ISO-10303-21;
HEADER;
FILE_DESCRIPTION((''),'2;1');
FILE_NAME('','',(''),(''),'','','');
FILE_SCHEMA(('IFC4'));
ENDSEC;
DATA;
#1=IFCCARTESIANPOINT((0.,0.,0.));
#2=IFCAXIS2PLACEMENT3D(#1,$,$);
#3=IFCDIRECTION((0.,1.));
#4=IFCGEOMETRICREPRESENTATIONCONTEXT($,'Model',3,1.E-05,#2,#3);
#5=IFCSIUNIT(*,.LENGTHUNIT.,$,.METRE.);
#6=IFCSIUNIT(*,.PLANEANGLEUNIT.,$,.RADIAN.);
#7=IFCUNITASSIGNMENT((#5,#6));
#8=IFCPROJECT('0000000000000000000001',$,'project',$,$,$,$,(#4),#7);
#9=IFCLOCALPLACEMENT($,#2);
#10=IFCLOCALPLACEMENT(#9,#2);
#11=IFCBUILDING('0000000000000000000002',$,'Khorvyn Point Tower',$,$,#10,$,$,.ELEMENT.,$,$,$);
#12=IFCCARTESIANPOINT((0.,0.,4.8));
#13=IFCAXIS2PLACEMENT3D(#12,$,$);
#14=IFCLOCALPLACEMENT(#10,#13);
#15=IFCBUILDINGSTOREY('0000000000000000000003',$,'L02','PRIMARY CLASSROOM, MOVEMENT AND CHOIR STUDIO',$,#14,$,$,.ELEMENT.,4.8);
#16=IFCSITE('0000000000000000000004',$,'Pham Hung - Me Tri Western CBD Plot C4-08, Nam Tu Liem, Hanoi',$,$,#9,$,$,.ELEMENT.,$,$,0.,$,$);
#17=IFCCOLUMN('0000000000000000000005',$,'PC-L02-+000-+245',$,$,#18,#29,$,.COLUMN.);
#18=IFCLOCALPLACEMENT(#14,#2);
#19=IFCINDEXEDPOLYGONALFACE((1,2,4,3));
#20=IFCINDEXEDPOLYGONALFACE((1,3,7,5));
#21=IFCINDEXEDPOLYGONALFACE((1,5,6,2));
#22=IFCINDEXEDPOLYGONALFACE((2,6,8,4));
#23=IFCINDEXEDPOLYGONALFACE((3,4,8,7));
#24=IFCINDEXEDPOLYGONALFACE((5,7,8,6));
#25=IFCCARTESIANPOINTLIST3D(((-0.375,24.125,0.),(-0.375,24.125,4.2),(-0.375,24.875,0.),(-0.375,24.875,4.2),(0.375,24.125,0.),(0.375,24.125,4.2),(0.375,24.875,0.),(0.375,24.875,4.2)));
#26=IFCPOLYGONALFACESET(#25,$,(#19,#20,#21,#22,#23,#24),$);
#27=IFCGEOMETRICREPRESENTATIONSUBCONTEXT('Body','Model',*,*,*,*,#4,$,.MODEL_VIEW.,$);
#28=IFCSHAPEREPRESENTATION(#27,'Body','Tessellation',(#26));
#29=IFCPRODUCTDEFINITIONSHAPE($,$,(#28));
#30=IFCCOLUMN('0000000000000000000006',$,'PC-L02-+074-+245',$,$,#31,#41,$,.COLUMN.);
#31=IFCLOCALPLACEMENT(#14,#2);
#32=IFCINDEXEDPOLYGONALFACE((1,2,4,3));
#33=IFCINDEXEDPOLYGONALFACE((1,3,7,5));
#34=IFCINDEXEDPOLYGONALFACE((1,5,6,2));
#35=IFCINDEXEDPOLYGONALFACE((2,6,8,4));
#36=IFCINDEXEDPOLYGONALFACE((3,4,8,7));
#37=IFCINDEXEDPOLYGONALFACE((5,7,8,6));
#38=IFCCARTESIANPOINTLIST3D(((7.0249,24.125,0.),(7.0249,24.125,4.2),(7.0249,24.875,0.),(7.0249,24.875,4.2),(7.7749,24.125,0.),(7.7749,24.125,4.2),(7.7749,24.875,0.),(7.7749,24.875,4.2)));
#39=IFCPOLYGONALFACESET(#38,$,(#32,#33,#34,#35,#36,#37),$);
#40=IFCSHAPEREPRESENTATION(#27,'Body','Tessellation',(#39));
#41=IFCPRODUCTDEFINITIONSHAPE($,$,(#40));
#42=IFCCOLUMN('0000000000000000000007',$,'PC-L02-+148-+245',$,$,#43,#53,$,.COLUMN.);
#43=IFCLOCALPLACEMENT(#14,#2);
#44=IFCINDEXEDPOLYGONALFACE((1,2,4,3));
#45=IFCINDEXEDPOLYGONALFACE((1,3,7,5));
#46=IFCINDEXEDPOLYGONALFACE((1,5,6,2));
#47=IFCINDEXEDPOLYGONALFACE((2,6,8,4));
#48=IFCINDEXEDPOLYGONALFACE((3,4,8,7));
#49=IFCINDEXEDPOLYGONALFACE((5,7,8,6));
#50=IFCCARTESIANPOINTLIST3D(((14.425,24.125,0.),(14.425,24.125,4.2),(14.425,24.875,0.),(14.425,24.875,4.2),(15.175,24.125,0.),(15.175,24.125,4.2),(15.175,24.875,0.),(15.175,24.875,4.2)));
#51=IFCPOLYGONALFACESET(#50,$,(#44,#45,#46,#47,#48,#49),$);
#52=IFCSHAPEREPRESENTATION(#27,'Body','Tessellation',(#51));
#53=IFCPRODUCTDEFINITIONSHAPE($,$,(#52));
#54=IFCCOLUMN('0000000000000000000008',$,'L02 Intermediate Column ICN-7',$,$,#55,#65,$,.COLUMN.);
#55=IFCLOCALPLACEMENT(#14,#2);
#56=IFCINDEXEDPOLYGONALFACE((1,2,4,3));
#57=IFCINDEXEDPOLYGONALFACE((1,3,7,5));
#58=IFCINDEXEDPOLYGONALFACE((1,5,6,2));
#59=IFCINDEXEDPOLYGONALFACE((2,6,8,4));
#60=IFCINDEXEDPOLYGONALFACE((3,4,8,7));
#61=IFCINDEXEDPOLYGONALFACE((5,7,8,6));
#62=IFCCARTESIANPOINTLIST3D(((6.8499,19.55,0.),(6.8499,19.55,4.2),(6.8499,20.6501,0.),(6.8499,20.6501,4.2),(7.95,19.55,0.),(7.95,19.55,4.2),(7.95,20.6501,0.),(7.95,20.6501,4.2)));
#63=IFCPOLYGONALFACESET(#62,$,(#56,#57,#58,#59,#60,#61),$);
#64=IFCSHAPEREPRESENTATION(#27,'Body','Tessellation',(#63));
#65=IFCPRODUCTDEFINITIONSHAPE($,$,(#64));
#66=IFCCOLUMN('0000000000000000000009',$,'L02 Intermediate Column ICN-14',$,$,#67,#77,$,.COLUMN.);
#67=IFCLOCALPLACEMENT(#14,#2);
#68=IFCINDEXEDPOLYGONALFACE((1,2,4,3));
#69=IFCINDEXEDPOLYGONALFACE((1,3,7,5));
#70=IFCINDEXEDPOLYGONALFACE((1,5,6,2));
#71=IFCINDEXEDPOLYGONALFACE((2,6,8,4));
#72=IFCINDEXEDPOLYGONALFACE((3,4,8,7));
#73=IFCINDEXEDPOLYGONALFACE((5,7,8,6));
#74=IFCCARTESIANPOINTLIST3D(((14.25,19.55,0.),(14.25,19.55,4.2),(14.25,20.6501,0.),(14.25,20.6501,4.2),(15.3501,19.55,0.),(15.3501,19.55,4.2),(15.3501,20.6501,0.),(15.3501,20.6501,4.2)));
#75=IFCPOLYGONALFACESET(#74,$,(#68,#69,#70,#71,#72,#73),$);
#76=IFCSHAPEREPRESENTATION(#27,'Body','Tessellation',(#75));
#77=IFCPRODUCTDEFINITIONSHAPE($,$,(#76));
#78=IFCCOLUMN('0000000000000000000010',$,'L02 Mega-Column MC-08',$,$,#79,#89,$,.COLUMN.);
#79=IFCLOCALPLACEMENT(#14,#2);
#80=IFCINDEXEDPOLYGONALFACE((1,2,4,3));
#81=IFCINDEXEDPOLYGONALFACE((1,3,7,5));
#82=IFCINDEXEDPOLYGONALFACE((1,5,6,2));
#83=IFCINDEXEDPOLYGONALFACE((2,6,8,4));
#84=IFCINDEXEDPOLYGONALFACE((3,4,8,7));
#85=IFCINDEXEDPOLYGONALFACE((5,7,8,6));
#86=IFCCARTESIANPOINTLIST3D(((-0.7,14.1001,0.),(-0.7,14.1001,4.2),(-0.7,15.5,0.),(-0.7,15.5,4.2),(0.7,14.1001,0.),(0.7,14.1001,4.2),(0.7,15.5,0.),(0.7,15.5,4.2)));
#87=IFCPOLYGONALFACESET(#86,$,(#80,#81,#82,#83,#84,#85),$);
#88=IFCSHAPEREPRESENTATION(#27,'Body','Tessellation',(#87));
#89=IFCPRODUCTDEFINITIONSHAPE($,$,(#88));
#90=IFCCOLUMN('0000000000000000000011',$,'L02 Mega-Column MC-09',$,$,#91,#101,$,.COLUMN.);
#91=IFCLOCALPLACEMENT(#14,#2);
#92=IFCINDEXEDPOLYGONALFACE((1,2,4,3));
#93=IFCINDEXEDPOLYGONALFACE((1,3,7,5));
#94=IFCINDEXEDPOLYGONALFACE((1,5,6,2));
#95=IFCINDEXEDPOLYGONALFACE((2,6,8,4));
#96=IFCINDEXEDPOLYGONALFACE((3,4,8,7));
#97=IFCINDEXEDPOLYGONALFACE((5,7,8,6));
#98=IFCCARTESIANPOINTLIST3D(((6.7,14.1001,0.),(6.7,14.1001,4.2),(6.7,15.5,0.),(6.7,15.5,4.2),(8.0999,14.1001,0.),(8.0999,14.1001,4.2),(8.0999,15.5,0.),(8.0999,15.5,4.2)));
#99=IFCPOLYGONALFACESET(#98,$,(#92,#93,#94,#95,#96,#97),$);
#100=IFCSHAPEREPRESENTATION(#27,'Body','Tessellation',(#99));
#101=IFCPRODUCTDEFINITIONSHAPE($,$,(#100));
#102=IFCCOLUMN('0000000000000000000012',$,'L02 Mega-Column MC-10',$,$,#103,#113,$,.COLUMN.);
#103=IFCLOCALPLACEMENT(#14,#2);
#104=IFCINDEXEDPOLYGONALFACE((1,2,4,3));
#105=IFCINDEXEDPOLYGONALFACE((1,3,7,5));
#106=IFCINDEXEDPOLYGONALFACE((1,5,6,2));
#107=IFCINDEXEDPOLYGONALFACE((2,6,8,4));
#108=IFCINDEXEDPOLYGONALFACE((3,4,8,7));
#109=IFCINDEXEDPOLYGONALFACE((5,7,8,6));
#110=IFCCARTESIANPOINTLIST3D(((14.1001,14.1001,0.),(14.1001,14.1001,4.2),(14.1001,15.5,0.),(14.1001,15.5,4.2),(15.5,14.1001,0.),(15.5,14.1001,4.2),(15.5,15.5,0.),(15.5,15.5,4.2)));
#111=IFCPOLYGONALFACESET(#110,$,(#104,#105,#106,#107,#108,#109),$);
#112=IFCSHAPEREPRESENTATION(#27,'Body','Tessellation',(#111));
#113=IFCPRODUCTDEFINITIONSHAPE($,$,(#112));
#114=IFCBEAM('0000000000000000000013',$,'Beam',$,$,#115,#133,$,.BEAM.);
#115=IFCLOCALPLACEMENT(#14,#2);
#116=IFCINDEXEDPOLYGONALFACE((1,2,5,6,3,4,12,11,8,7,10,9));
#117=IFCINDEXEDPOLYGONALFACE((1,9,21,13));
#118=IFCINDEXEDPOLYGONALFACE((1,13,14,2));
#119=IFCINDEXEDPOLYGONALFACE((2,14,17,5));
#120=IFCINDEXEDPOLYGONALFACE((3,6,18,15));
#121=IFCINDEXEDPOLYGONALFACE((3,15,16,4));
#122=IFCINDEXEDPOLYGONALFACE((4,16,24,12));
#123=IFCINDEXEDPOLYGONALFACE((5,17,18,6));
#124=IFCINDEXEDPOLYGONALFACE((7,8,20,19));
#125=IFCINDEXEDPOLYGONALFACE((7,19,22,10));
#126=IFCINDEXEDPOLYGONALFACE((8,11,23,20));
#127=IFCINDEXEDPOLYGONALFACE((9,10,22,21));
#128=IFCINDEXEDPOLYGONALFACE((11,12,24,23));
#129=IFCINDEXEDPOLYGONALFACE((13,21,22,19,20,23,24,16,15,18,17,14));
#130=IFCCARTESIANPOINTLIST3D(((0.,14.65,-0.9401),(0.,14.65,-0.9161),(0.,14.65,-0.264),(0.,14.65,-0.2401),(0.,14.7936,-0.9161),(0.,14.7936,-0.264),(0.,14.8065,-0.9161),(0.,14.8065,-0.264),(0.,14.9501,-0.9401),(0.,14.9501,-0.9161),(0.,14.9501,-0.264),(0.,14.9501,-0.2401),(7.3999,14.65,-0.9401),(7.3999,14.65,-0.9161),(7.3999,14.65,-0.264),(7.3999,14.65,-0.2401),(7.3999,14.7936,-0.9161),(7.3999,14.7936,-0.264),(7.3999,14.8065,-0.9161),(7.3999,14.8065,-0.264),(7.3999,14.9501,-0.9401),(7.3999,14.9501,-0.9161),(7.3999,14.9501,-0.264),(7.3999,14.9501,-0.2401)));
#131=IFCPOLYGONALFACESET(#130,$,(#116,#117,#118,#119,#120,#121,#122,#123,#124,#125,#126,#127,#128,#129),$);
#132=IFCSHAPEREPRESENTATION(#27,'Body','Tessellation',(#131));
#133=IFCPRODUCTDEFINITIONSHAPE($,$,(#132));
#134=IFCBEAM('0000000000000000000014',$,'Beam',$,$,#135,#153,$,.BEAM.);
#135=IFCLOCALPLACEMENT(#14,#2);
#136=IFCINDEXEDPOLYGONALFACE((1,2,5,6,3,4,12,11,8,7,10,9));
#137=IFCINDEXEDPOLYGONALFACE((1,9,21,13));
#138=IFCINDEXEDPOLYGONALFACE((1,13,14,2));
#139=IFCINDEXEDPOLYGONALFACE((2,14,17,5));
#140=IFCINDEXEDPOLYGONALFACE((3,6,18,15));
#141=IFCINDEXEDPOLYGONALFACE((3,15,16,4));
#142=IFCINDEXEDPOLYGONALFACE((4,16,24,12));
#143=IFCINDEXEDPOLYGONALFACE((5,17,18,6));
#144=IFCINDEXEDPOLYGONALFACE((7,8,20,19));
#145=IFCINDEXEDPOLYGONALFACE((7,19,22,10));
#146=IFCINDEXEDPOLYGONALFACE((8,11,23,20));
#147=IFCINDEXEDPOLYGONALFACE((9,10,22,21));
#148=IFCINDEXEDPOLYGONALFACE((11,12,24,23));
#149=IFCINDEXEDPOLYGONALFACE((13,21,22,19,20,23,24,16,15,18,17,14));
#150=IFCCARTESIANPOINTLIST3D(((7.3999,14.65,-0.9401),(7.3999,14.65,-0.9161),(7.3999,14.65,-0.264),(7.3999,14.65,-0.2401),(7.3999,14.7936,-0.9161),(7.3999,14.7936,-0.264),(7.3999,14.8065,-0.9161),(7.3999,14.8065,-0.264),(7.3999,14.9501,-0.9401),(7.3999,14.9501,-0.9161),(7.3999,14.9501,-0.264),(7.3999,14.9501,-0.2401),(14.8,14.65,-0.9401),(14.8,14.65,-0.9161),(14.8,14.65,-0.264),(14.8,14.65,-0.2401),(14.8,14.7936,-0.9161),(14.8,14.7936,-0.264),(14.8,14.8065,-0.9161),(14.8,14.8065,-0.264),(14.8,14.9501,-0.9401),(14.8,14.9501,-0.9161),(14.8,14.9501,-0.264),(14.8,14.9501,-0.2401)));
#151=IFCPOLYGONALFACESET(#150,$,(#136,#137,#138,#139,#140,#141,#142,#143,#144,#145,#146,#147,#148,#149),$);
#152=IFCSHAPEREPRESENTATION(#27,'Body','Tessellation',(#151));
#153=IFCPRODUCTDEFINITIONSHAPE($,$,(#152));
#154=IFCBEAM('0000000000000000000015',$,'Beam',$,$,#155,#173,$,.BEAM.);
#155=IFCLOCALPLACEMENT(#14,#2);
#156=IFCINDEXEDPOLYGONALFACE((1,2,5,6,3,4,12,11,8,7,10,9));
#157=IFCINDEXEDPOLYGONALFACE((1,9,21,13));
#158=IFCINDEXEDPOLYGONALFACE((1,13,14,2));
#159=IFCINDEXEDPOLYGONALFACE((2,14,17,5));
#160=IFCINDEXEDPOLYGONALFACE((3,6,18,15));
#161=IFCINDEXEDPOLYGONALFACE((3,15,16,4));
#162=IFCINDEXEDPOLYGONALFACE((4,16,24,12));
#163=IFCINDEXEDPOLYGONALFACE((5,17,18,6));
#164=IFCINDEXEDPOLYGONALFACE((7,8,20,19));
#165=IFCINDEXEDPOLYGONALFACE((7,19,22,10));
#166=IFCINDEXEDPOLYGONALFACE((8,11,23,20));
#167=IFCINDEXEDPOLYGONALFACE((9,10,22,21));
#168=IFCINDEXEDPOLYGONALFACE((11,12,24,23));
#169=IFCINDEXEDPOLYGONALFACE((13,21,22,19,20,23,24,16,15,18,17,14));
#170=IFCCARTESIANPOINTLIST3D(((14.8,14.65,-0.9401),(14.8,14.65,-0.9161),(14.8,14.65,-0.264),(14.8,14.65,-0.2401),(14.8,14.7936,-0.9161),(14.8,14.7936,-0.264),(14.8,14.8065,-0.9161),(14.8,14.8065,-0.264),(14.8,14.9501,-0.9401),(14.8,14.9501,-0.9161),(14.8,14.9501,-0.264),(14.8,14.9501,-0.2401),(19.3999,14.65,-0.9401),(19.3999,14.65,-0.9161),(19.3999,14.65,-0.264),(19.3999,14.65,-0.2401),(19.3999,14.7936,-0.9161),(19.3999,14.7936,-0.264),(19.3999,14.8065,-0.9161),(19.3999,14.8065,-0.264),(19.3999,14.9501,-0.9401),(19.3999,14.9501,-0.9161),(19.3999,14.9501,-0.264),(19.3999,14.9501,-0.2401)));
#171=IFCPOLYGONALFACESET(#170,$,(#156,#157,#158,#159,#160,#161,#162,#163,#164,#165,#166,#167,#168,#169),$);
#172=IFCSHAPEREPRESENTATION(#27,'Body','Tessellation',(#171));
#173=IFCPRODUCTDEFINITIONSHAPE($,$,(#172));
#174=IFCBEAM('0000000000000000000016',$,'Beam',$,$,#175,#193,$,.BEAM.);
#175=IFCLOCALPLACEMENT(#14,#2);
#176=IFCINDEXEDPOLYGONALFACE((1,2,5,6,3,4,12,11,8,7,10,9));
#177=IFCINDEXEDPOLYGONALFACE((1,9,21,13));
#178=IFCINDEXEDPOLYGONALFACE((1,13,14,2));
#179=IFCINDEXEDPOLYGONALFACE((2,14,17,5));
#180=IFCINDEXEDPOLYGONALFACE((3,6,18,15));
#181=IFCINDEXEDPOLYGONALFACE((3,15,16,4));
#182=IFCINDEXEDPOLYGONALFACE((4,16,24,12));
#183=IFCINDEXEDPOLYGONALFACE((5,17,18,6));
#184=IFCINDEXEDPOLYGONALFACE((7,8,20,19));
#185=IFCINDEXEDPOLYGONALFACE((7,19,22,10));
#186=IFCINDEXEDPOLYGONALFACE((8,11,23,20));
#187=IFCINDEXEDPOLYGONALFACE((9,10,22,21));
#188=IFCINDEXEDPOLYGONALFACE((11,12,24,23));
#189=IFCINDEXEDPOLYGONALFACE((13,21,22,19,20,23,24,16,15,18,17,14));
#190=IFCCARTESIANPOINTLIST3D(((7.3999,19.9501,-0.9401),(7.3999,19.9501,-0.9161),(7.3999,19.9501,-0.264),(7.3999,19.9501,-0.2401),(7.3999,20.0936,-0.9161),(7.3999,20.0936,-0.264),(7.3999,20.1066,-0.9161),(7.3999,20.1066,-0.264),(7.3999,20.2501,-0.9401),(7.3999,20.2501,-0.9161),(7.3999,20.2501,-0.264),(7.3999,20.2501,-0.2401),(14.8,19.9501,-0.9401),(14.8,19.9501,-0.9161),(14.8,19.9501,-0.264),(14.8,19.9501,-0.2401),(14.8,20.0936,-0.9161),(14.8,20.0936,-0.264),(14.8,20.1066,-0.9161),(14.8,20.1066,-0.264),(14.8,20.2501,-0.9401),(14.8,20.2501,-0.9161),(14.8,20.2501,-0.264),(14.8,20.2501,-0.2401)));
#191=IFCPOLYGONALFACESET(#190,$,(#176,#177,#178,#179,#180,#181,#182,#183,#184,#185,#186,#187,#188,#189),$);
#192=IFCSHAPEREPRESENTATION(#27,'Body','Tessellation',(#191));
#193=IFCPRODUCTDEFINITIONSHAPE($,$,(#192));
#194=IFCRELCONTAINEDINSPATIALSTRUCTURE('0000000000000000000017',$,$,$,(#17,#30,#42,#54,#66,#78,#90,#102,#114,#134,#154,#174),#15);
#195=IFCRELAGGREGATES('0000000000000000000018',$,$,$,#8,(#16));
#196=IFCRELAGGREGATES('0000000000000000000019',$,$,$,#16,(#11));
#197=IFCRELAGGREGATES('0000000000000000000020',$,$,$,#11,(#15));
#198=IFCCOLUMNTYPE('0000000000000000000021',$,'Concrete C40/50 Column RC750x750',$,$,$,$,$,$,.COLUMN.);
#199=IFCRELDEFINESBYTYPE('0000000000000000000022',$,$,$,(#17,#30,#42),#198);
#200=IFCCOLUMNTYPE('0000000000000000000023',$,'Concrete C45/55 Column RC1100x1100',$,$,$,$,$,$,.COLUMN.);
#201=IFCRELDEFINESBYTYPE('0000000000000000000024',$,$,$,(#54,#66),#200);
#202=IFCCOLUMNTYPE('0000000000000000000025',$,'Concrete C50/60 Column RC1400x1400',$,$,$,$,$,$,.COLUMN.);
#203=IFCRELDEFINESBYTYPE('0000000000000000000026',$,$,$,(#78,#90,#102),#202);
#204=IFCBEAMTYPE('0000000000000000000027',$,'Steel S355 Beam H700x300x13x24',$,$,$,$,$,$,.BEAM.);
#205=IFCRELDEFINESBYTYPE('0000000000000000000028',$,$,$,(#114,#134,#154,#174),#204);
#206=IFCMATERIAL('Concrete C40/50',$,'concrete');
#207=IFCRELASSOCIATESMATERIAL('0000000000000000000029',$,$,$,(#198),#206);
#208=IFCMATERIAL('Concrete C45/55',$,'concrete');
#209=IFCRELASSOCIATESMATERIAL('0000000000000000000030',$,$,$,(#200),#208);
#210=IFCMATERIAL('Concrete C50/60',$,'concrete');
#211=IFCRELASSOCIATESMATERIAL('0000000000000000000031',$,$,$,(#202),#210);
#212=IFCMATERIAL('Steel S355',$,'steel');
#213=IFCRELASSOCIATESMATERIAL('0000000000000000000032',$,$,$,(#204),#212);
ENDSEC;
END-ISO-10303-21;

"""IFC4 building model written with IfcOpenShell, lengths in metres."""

from ifc_helpers import new_model, si_unit, direction, frame, origin, origin_2d, place, context, subcontext, project, spatial, rectangle, i_section, extrude, material, material_profile, profile_set, type_object, element, save


model = new_model("IFC4")

# Units and contexts
model_context = context("Model", 3, precision=1e-05, world=origin(), true_north=direction((0.0, 1.0)))
body_context = subcontext(model_context, "Body", "Model", "MODEL_VIEW")
ifc_project = project(units=[si_unit("LENGTHUNIT", "METRE"), si_unit("PLANEANGLEUNIT", "RADIAN")], contexts=[model_context])

# Site, building, storey
site_placement = place(None, origin())
site = spatial("IfcSite", under=ifc_project, at=site_placement, Name="Pham Hung - Me Tri Western CBD Plot C4-08, Nam Tu Liem, Hanoi", CompositionType="ELEMENT", RefElevation=0.0)
building_placement = place(site_placement, origin())
building = spatial("IfcBuilding", under=site, at=building_placement, Name="Khorvyn Point Tower", CompositionType="ELEMENT")
storey_placement = place(building_placement, frame((0.0, 0.0, 4.8)))
storey = spatial("IfcBuildingStorey", under=building, at=storey_placement, Name="L02", Description="PRIMARY CLASSROOM, MOVEMENT AND CHOIR STUDIO", CompositionType="ELEMENT", Elevation=4.8)

# Columns
ifc_material_1 = material(Name="Concrete C40/50", Category="concrete")
ifc_material_profile_1 = material_profile(ifc_material_1, rectangle(XDim=0.75, YDim=0.75, at=origin_2d()))
ifc_profile_set_1 = profile_set([ifc_material_profile_1], Name="Concrete C40/50 RC750x750")
column_type_1 = type_object("IfcColumnType", Name="Concrete C40/50 Column RC750x750", PredefinedType="COLUMN", material=ifc_profile_set_1)
for number, where, z_axis, x_axis, name in (
    (1, (0.0, 24.5, 0.0), (0.0, 0.0, 1.0), (1.0, 0.0, 0.0), "PC-L02-+000-+245"),
    (2, (7.3999, 24.5, 0.0), (0.0, 0.0, 1.0), (1.0, 0.0, 0.0), "PC-L02-+074-+245"),
    (3, (14.8, 24.5, 0.0), (0.0, 0.0, 1.0), (1.0, 0.0, 0.0), "PC-L02-+148-+245"),
):
    element("IfcColumn", number, at=place(storey_placement, frame(where, z_axis=z_axis, x_axis=x_axis)), inside=storey, type_object=column_type_1, Name=name, PredefinedType="COLUMN", context=body_context, shape_type="SweptSolid", body=[
        extrude(rectangle(XDim=0.75, YDim=0.75, at=origin_2d()), origin(), (0.0, 0.0, 1.0), 4.2),
    ])
ifc_material_2 = material(Name="Concrete C45/55", Category="concrete")
ifc_material_profile_2 = material_profile(ifc_material_2, rectangle(XDim=1.1001, YDim=1.1001, at=origin_2d()))
ifc_profile_set_2 = profile_set([ifc_material_profile_2], Name="Concrete C45/55 RC1100x1100")
column_type_2 = type_object("IfcColumnType", Name="Concrete C45/55 Column RC1100x1100", PredefinedType="COLUMN", material=ifc_profile_set_2)
for number, where, z_axis, x_axis, name in (
    (4, (7.3999, 20.1001, 0.0), (0.0, 0.0, 1.0), (1.0, 0.0, 0.0), "L02 Intermediate Column ICN-7"),
    (5, (14.8, 20.1001, 0.0), (0.0, 0.0, 1.0), (1.0, 0.0, 0.0), "L02 Intermediate Column ICN-14"),
):
    element("IfcColumn", number, at=place(storey_placement, frame(where, z_axis=z_axis, x_axis=x_axis)), inside=storey, type_object=column_type_2, Name=name, PredefinedType="COLUMN", context=body_context, shape_type="SweptSolid", body=[
        extrude(rectangle(XDim=1.1001, YDim=1.1001, at=origin_2d()), origin(), (0.0, 0.0, 1.0), 4.2),
    ])
ifc_material_3 = material(Name="Concrete C50/60", Category="concrete")
ifc_material_profile_3 = material_profile(ifc_material_3, rectangle(XDim=1.3999, YDim=1.3999, at=origin_2d()))
ifc_profile_set_3 = profile_set([ifc_material_profile_3], Name="Concrete C50/60 RC1400x1400")
column_type_3 = type_object("IfcColumnType", Name="Concrete C50/60 Column RC1400x1400", PredefinedType="COLUMN", material=ifc_profile_set_3)
for number, where, z_axis, x_axis, name in (
    (6, (0.0, 14.8, 0.0), (0.0, 0.0, 1.0), (1.0, 0.0, 0.0), "L02 Mega-Column MC-08"),
    (7, (7.3999, 14.8, 0.0), (0.0, 0.0, 1.0), (1.0, 0.0, 0.0), "L02 Mega-Column MC-09"),
    (8, (14.8, 14.8, 0.0), (0.0, 0.0, 1.0), (1.0, 0.0, 0.0), "L02 Mega-Column MC-10"),
):
    element("IfcColumn", number, at=place(storey_placement, frame(where, z_axis=z_axis, x_axis=x_axis)), inside=storey, type_object=column_type_3, Name=name, PredefinedType="COLUMN", context=body_context, shape_type="SweptSolid", body=[
        extrude(rectangle(XDim=1.3999, YDim=1.3999, at=origin_2d()), origin(), (0.0, 0.0, 1.0), 4.2),
    ])

# Beams
ifc_material_4 = material(Name="Steel S355", Category="steel")
ifc_material_profile_4 = material_profile(ifc_material_4, i_section(OverallWidth=0.3, OverallDepth=0.7, WebThickness=0.0129, FlangeThickness=0.0239, at=origin_2d()))
ifc_profile_set_4 = profile_set([ifc_material_profile_4], Name="Steel S355 H700x300x13x24")
beam_type_1 = type_object("IfcBeamType", Name="Steel S355 Beam H700x300x13x24", PredefinedType="BEAM", material=ifc_profile_set_4)
beam_1_placement = place(storey_placement, frame((0.0, 14.8, -0.5901), z_axis=(1.0, 0.0, 0.0), x_axis=(0.0, 1.0, 0.0)))
element("IfcBeam", 9, at=beam_1_placement, inside=storey, type_object=beam_type_1, Name="Beam", PredefinedType="BEAM", context=body_context, shape_type="SweptSolid", body=[
    extrude(i_section(OverallWidth=0.3, OverallDepth=0.7, WebThickness=0.0129, FlangeThickness=0.0239, at=origin_2d()), origin(), (0.0, 0.0, 1.0), 7.3999),
])
beam_2_placement = place(storey_placement, frame((7.3999, 14.8, -0.5901), z_axis=(1.0, 0.0, 0.0), x_axis=(0.0, 1.0, 0.0)))
element("IfcBeam", 10, at=beam_2_placement, inside=storey, type_object=beam_type_1, Name="Beam", PredefinedType="BEAM", context=body_context, shape_type="SweptSolid", body=[
    extrude(i_section(OverallWidth=0.3, OverallDepth=0.7, WebThickness=0.0129, FlangeThickness=0.0239, at=origin_2d()), origin(), (0.0, 0.0, 1.0), 7.4001),
])
beam_3_placement = place(storey_placement, frame((14.8, 14.8, -0.5901), z_axis=(1.0, 0.0, 0.0), x_axis=(0.0, 1.0, 0.0)))
element("IfcBeam", 11, at=beam_3_placement, inside=storey, type_object=beam_type_1, Name="Beam", PredefinedType="BEAM", context=body_context, shape_type="SweptSolid", body=[
    extrude(i_section(OverallWidth=0.3, OverallDepth=0.7, WebThickness=0.0129, FlangeThickness=0.0239, at=origin_2d()), origin(), (0.0, 0.0, 1.0), 4.5999),
])
beam_4_placement = place(storey_placement, frame((7.3999, 20.1001, -0.5901), z_axis=(1.0, 0.0, 0.0), x_axis=(0.0, 1.0, 0.0)))
element("IfcBeam", 12, at=beam_4_placement, inside=storey, type_object=beam_type_1, Name="Beam", PredefinedType="BEAM", context=body_context, shape_type="SweptSolid", body=[
    extrude(i_section(OverallWidth=0.3, OverallDepth=0.7, WebThickness=0.0129, FlangeThickness=0.0239, at=origin_2d()), origin(), (0.0, 0.0, 1.0), 7.4001),
])

save(model, "model.ifc")
